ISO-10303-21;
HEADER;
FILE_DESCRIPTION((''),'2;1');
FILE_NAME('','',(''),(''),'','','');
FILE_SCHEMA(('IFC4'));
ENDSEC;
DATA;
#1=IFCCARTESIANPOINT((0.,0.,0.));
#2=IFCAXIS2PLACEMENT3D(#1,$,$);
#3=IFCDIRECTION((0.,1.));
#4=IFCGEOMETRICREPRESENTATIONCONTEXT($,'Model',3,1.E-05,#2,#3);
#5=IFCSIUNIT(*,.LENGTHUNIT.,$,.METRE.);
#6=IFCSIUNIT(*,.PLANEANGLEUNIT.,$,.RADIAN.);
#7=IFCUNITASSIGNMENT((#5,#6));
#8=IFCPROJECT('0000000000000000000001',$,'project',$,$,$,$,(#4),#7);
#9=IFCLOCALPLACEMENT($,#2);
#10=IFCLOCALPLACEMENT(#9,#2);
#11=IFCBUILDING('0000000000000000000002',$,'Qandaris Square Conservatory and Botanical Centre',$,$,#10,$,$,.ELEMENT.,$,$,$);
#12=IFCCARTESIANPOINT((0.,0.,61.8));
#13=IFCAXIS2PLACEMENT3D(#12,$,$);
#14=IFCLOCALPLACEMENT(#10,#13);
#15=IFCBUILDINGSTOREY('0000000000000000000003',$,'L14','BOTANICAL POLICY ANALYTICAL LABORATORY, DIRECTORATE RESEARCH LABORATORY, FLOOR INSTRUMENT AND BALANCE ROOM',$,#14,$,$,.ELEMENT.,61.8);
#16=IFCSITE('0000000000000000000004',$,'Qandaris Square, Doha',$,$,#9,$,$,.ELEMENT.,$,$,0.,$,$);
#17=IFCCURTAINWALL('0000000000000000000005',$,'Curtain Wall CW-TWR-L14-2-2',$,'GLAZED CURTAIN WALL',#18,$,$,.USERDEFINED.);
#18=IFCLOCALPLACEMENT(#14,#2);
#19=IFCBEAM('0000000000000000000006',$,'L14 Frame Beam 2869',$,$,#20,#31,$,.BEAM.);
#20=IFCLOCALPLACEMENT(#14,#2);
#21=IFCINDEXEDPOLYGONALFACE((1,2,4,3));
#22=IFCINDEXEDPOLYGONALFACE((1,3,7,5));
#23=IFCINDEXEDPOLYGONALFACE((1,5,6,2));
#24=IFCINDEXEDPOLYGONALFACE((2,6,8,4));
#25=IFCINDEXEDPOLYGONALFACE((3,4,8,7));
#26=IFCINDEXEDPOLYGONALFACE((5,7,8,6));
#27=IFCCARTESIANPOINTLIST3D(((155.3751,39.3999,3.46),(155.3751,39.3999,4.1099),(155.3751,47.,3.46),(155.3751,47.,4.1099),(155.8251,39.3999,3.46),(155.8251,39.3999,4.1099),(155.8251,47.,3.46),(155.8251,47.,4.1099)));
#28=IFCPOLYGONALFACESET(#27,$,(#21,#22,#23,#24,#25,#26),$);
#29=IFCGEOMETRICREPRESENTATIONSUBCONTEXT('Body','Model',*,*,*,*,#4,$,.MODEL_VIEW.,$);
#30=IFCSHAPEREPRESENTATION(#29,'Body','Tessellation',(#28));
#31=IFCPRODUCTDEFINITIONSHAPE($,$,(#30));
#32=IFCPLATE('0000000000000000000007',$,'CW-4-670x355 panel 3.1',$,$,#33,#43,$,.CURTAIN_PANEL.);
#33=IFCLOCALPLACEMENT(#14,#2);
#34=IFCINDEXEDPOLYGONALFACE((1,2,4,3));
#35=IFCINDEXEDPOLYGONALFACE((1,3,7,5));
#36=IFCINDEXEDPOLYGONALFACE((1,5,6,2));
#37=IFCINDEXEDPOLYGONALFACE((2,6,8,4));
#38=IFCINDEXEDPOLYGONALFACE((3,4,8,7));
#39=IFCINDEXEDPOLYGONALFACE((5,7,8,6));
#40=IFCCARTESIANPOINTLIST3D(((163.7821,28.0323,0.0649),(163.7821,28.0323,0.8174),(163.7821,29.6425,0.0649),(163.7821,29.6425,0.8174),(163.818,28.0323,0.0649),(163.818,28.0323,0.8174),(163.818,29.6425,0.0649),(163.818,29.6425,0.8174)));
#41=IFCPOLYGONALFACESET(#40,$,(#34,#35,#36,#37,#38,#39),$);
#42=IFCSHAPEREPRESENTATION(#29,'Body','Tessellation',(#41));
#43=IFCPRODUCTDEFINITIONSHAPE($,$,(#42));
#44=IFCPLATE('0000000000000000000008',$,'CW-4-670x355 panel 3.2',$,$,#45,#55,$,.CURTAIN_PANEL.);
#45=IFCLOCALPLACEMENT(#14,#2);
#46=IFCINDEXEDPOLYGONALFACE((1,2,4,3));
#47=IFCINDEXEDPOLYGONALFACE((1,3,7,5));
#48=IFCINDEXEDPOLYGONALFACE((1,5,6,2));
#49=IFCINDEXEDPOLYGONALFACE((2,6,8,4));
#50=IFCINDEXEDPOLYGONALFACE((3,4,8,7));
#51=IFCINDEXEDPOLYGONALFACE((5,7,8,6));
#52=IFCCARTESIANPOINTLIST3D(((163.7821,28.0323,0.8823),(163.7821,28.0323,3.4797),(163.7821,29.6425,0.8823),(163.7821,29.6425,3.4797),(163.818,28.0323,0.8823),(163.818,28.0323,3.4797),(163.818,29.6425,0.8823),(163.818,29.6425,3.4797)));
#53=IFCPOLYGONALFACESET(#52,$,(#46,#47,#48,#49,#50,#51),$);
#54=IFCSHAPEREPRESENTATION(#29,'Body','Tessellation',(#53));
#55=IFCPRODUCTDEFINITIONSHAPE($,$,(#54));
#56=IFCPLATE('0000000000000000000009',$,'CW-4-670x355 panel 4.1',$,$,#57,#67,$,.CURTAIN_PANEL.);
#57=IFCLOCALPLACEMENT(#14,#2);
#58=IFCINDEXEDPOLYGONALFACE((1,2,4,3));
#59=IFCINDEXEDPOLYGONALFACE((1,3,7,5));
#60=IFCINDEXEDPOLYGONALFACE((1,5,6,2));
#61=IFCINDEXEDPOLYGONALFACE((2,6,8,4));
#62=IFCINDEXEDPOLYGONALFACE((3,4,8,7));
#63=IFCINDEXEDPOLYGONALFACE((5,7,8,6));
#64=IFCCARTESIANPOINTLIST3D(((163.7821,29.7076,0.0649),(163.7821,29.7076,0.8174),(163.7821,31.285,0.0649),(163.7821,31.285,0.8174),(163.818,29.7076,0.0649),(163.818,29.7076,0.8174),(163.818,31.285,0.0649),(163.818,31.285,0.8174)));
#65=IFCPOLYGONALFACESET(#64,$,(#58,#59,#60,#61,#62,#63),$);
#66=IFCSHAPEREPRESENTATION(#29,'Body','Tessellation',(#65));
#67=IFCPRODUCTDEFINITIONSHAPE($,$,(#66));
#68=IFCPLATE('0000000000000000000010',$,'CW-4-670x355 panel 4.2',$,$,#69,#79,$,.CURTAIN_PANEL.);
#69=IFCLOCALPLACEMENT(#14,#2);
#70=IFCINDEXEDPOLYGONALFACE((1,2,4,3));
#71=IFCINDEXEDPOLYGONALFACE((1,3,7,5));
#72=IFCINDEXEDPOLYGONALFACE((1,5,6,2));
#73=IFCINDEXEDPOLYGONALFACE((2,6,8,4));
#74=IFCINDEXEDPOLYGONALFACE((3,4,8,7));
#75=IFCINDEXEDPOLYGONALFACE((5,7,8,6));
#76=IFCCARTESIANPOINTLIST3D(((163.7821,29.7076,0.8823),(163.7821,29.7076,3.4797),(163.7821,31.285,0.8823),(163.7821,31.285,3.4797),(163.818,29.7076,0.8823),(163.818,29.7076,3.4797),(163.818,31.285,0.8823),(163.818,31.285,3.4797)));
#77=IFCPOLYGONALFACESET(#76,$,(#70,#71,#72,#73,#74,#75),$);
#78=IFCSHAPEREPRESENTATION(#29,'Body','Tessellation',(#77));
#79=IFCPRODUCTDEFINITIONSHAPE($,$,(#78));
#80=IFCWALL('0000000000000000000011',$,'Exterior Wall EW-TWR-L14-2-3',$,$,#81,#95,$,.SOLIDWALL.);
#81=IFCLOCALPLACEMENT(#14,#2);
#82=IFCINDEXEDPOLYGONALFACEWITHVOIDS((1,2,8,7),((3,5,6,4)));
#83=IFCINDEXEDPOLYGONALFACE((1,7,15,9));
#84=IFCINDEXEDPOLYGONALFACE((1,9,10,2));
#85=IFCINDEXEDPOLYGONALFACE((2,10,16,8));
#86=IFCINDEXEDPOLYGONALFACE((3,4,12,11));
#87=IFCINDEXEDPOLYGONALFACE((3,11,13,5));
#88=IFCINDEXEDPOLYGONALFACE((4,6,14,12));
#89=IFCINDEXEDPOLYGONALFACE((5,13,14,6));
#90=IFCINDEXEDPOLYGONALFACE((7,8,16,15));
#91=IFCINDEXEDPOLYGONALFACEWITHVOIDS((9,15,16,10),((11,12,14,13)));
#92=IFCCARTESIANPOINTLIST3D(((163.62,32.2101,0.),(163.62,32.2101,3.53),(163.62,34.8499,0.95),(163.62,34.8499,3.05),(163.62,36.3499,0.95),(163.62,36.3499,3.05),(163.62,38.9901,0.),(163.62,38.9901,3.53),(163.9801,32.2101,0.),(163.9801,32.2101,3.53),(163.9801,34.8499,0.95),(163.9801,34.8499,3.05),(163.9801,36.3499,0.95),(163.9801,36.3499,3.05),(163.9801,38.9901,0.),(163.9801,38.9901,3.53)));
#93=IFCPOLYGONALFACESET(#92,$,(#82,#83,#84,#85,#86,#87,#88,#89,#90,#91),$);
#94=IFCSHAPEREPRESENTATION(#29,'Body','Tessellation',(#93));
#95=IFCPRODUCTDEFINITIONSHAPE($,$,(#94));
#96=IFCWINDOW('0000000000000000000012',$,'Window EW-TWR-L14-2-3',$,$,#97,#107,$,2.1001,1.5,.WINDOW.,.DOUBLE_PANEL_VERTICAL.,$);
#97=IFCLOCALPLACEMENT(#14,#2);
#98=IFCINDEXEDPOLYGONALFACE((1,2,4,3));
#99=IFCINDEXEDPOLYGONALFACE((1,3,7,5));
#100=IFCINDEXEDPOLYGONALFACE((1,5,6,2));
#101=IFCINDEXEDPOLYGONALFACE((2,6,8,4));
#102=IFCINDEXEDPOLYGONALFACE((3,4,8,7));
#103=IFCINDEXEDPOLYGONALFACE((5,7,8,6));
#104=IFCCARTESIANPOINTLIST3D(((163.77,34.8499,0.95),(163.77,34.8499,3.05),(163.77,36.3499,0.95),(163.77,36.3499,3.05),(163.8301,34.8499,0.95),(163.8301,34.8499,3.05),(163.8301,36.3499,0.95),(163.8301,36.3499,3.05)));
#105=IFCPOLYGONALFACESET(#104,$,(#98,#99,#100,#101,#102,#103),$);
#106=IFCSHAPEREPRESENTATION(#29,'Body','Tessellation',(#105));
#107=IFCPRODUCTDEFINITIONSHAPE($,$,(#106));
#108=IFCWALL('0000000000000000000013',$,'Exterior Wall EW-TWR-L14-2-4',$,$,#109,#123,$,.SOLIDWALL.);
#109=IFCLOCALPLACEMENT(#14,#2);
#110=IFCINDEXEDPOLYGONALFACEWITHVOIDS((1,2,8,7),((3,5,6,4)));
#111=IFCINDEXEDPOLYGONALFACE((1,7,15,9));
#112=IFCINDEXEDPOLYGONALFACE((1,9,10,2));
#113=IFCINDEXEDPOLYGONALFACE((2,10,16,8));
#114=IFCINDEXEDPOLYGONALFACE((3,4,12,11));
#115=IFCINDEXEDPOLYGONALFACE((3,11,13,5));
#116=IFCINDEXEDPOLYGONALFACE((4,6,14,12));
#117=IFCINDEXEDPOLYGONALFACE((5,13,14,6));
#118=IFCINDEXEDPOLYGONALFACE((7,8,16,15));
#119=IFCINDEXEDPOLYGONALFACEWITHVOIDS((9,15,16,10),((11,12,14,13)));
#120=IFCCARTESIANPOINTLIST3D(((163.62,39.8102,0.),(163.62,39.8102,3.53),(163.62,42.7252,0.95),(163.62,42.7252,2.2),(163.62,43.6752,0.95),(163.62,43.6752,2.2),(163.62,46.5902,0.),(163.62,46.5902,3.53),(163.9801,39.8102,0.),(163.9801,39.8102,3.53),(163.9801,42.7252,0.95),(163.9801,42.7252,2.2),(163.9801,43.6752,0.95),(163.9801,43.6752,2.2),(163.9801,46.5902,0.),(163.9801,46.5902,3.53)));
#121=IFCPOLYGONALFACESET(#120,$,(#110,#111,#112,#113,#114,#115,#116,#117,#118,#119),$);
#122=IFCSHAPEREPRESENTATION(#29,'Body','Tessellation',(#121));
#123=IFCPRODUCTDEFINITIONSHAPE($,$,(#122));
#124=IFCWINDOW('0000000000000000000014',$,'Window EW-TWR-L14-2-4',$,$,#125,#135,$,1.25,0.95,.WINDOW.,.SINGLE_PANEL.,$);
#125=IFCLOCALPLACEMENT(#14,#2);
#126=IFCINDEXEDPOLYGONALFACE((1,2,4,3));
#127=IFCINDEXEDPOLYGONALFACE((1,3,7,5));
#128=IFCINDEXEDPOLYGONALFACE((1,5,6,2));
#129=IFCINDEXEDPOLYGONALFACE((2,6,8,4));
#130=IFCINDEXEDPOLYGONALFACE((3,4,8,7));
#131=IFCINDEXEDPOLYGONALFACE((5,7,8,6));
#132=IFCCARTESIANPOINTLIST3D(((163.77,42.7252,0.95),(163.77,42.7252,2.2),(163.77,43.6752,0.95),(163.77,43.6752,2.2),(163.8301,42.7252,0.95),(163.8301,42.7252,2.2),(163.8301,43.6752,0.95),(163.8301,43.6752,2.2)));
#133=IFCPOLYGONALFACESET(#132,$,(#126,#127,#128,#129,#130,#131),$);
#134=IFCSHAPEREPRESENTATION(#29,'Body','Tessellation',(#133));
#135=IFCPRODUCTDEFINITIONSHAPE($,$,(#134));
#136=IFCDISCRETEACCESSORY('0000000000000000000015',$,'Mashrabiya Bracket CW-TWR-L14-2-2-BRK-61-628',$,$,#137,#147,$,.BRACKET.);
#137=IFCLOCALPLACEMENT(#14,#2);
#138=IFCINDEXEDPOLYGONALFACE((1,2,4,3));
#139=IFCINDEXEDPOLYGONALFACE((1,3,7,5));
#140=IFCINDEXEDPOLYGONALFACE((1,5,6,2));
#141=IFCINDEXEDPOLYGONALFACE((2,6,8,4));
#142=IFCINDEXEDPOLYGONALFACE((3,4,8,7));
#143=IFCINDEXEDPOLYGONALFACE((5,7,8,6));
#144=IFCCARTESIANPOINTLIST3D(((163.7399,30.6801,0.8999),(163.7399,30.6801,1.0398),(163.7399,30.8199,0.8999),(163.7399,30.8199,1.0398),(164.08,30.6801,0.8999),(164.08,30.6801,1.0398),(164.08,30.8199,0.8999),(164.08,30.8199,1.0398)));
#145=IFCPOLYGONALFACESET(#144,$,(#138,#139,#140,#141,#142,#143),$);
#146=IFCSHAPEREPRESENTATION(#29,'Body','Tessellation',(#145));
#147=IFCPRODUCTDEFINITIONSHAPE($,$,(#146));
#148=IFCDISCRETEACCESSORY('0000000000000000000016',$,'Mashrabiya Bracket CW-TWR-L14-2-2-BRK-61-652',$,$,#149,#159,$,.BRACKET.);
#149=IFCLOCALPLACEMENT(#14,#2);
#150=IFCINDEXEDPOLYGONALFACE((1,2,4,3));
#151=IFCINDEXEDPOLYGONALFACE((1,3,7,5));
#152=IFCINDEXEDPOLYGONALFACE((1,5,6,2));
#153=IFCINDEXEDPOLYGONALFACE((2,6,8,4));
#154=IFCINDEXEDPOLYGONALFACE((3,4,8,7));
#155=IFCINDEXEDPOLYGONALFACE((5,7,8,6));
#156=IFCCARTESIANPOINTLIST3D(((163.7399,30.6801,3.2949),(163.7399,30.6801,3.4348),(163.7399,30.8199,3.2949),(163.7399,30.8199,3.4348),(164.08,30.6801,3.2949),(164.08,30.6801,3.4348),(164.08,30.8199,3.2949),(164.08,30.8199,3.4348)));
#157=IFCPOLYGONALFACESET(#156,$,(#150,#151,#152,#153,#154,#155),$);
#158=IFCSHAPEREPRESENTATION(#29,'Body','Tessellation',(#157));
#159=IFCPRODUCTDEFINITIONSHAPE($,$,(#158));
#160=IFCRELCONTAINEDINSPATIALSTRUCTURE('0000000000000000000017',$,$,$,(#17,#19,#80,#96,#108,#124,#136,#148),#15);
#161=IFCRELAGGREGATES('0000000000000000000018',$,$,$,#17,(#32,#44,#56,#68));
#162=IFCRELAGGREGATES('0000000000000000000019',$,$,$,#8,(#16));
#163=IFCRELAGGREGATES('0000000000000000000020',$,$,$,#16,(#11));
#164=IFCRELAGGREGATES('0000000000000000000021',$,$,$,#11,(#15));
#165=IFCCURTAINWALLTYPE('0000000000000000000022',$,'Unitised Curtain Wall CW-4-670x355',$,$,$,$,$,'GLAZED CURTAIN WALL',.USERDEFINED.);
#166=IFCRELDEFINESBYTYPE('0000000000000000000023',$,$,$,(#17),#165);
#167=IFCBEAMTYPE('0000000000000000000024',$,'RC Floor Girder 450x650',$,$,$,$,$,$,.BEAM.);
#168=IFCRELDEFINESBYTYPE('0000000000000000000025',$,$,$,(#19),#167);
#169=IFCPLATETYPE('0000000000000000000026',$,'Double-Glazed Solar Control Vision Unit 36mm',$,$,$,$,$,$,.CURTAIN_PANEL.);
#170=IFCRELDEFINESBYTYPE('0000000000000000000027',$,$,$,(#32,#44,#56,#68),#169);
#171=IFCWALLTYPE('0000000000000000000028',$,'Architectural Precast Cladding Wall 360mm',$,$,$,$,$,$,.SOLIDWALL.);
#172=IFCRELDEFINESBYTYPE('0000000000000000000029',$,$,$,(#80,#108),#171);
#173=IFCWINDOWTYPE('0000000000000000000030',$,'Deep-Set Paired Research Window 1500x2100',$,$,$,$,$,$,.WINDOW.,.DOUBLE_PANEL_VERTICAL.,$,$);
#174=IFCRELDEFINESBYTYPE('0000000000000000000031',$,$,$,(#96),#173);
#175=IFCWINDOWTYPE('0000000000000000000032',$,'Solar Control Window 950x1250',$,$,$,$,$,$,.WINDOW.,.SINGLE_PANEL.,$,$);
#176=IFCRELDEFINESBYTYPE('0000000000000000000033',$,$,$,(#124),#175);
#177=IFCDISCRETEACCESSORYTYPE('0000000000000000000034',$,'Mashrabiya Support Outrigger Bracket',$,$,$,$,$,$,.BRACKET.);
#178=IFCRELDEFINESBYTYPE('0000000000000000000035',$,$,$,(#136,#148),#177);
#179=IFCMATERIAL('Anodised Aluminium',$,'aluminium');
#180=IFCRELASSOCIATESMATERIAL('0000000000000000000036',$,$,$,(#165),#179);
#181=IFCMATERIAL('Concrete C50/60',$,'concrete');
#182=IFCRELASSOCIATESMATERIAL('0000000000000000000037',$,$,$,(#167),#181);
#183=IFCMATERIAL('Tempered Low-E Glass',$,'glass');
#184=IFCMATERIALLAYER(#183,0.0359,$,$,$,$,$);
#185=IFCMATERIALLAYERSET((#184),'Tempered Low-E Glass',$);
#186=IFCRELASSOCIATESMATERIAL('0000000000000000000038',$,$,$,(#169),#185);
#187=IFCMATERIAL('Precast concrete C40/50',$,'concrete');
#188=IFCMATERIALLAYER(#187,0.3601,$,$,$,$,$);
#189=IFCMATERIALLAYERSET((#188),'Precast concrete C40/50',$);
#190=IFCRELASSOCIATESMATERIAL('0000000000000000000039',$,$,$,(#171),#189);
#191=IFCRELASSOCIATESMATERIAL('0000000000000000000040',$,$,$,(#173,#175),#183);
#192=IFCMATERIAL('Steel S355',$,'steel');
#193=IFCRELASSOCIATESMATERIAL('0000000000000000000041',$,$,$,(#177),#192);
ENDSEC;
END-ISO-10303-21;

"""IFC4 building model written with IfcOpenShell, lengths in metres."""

from ifc_helpers import new_model, si_unit, direction, frame, frame_2d, origin, origin_2d, place, context, subcontext, project, spatial, rectangle, extrude, material, layer, layer_set, material_profile, profile_set, type_object, element, fill, aggregate, save


model = new_model("IFC4")

# Units and contexts
model_context = context("Model", 3, precision=1e-05, world=origin(), true_north=direction((0.0, 1.0)))
body_context = subcontext(model_context, "Body", "Model", "MODEL_VIEW")
ifc_project = project(units=[si_unit("LENGTHUNIT", "METRE"), si_unit("PLANEANGLEUNIT", "RADIAN")], contexts=[model_context])

# Site, building, storey
site_placement = place(None, origin())
site = spatial("IfcSite", under=ifc_project, at=site_placement, Name="Qandaris Square, Doha", CompositionType="ELEMENT", RefElevation=0.0)
building_placement = place(site_placement, origin())
building = spatial("IfcBuilding", under=site, at=building_placement, Name="Qandaris Square Conservatory and Botanical Centre", CompositionType="ELEMENT")
storey_placement = place(building_placement, frame((0.0, 0.0, 61.8)))
storey = spatial("IfcBuildingStorey", under=building, at=storey_placement, Name="L14", Description="BOTANICAL POLICY ANALYTICAL LABORATORY, DIRECTORATE RESEARCH LABORATORY, FLOOR INSTRUMENT AND BALANCE ROOM", CompositionType="ELEMENT", Elevation=61.8)

# Shared definitions
ifc_material_1 = material(Name="Concrete C50/60", Category="concrete")

# Shared definitions
ifc_material_2 = material(Name="Steel S355", Category="steel")

# Curtain wall
ifc_material_3 = material(Name="Anodised Aluminium", Category="aluminium")
curtain_wall_type = type_object("IfcCurtainWallType", Name="Unitised Curtain Wall CW-4-670x355", ElementType="GLAZED CURTAIN WALL", PredefinedType="USERDEFINED", material=ifc_material_3)
curtain_wall_placement = place(storey_placement, origin())
curtain_wall = element("IfcCurtainWall", 1, at=curtain_wall_placement, inside=storey, type_object=curtain_wall_type, Name="Curtain Wall CW-TWR-L14-2-2", ObjectType="GLAZED CURTAIN WALL", PredefinedType="USERDEFINED")

# Beam
ifc_material_profile_1 = material_profile(ifc_material_1, rectangle(XDim=0.45, YDim=0.6499, at=origin_2d()), Name="RC-BM 450x650")
ifc_profile_set_1 = profile_set([ifc_material_profile_1], Name="Concrete C50/60")
beam_type_1 = type_object("IfcBeamType", Name="RC Floor Girder 450x650", PredefinedType="BEAM", material=ifc_profile_set_1)
beam_1_placement = place(storey_placement, frame((155.6001, 39.3999, 3.7849), z_axis=(0.0, 1.0, 0.0), x_axis=(-1.0, 0.0, 0.0)))
element("IfcBeam", 2, at=beam_1_placement, inside=storey, type_object=beam_type_1, Name="L14 Frame Beam 2869", PredefinedType="BEAM", context=body_context, shape_type="SweptSolid", body=[
    extrude(rectangle(XDim=0.45, YDim=0.6499, at=origin_2d()), origin(), (0.0, 0.0, 1.0), 7.6001),
])

# Plates
ifc_material_4 = material(Name="Tempered Low-E Glass", Category="glass")
ifc_layer_1 = layer(ifc_material_4, 0.0359)
ifc_layer_set_1 = layer_set([ifc_layer_1], Name="Tempered Low-E Glass")
plate_type = type_object("IfcPlateType", Name="Double-Glazed Solar Control Vision Unit 36mm", PredefinedType="CURTAIN_PANEL", material=ifc_layer_set_1)
plate_1_placement = place(storey_placement, frame((163.8, 28.8374, 0.0649), z_axis=(0.0, 0.0, 1.0), x_axis=(0.0, 1.0, 0.0)))
plate_1 = element("IfcPlate", 3, at=plate_1_placement, type_object=plate_type, Name="CW-4-670x355 panel 3.1", PredefinedType="CURTAIN_PANEL", context=body_context, shape_type="SweptSolid", body=[
    extrude(rectangle(XDim=1.6101, YDim=0.0359, at=origin_2d()), origin(), (0.0, 0.0, 1.0), 0.7524),
])
plate_2_placement = place(storey_placement, frame((163.8, 28.8374, 0.8823), z_axis=(0.0, 0.0, 1.0), x_axis=(0.0, 1.0, 0.0)))
plate_2 = element("IfcPlate", 4, at=plate_2_placement, type_object=plate_type, Name="CW-4-670x355 panel 3.2", PredefinedType="CURTAIN_PANEL", context=body_context, shape_type="SweptSolid", body=[
    extrude(rectangle(XDim=1.6101, YDim=0.0359, at=origin_2d()), origin(), (0.0, 0.0, 1.0), 2.5974),
])
plate_3_placement = place(storey_placement, frame((163.8, 30.4963, 0.0649), z_axis=(0.0, 0.0, 1.0), x_axis=(0.0, 1.0, 0.0)))
plate_3 = element("IfcPlate", 5, at=plate_3_placement, type_object=plate_type, Name="CW-4-670x355 panel 4.1", PredefinedType="CURTAIN_PANEL", context=body_context, shape_type="SweptSolid", body=[
    extrude(rectangle(XDim=1.5774, YDim=0.0359, at=origin_2d()), origin(), (0.0, 0.0, 1.0), 0.7524),
])
plate_4_placement = place(storey_placement, frame((163.8, 30.4963, 0.8823), z_axis=(0.0, 0.0, 1.0), x_axis=(0.0, 1.0, 0.0)))
plate_4 = element("IfcPlate", 6, at=plate_4_placement, type_object=plate_type, Name="CW-4-670x355 panel 4.2", PredefinedType="CURTAIN_PANEL", context=body_context, shape_type="SweptSolid", body=[
    extrude(rectangle(XDim=1.5774, YDim=0.0359, at=origin_2d()), origin(), (0.0, 0.0, 1.0), 2.5974),
])
aggregate(curtain_wall, [plate_1, plate_2, plate_3, plate_4])

# Walls, openings, windows
ifc_material_5 = material(Name="Precast concrete C40/50", Category="concrete")
ifc_layer_2 = layer(ifc_material_5, 0.3601)
ifc_layer_set_2 = layer_set([ifc_layer_2], Name="Precast concrete C40/50")
wall_type = type_object("IfcWallType", Name="Architectural Precast Cladding Wall 360mm", PredefinedType="SOLIDWALL", material=ifc_layer_set_2)
wall_1_placement = place(storey_placement, frame((163.8, 32.21, 0.0), z_axis=(0.0, 0.0, 1.0), x_axis=(0.0, 1.0, 0.0)))
wall_1 = element("IfcWall", 7, at=wall_1_placement, inside=storey, type_object=wall_type, Name="Exterior Wall EW-TWR-L14-2-3", PredefinedType="SOLIDWALL", context=body_context, shape_type="SweptSolid", body=[
    extrude(rectangle(XDim=6.78, YDim=0.3601, at=frame_2d((3.3901, 0.0))), origin(), (0.0, 0.0, 1.0), 3.53),
])
opening_1_placement = place(wall_1_placement, frame((2.6399, 0.0, 0.95)))
opening_1 = element("IfcOpeningElement", 8, at=opening_1_placement, cuts=wall_1, PredefinedType="OPENING", context=body_context, shape_type="SweptSolid", body=[
    extrude(rectangle(XDim=1.5, YDim=2.1001, at=frame_2d((0.75, 1.05))), frame((0.0, 0.1919, 0.0), z_axis=(0.0, -1.0, 0.0), x_axis=(1.0, 0.0, 0.0)), (0.0, 0.0, 1.0), 0.384),
])
window_type_1 = type_object("IfcWindowType", Name="Deep-Set Paired Research Window 1500x2100", PartitioningType="DOUBLE_PANEL_VERTICAL", PredefinedType="WINDOW", material=ifc_material_4)
window_1_placement = place(opening_1_placement, origin())
window_1 = element("IfcWindow", 9, at=window_1_placement, inside=storey, type_object=window_type_1, Name="Window EW-TWR-L14-2-3", OverallHeight=2.1001, OverallWidth=1.5, PartitioningType="DOUBLE_PANEL_VERTICAL", PredefinedType="WINDOW", context=body_context, shape_type="SweptSolid", body=[
    extrude(rectangle(XDim=1.5, YDim=2.1001, at=frame_2d((0.75, 1.05))), frame((0.0, 0.03, 0.0), z_axis=(0.0, -1.0, 0.0), x_axis=(1.0, 0.0, 0.0)), (0.0, 0.0, 1.0), 0.0601),
])
fill(opening_1, window_1)
wall_2_placement = place(storey_placement, frame((163.8, 39.8101, 0.0), z_axis=(0.0, 0.0, 1.0), x_axis=(0.0, 1.0, 0.0)))
wall_2 = element("IfcWall", 10, at=wall_2_placement, inside=storey, type_object=wall_type, Name="Exterior Wall EW-TWR-L14-2-4", PredefinedType="SOLIDWALL", context=body_context, shape_type="SweptSolid", body=[
    extrude(rectangle(XDim=6.78, YDim=0.3601, at=frame_2d((3.3901, 0.0))), origin(), (0.0, 0.0, 1.0), 3.53),
])
opening_2_placement = place(wall_2_placement, frame((2.915, 0.0, 0.95)))
opening_2 = element("IfcOpeningElement", 11, at=opening_2_placement, cuts=wall_2, PredefinedType="OPENING", context=body_context, shape_type="SweptSolid", body=[
    extrude(rectangle(XDim=0.95, YDim=1.25, at=frame_2d((0.4751, 0.625))), frame((0.0, 0.1919, 0.0), z_axis=(0.0, -1.0, 0.0), x_axis=(1.0, 0.0, 0.0)), (0.0, 0.0, 1.0), 0.384),
])
window_type_2 = type_object("IfcWindowType", Name="Solar Control Window 950x1250", PartitioningType="SINGLE_PANEL", PredefinedType="WINDOW", material=ifc_material_4)
window_2_placement = place(opening_2_placement, origin())
window_2 = element("IfcWindow", 12, at=window_2_placement, inside=storey, type_object=window_type_2, Name="Window EW-TWR-L14-2-4", OverallHeight=1.25, OverallWidth=0.95, PartitioningType="SINGLE_PANEL", PredefinedType="WINDOW", context=body_context, shape_type="SweptSolid", body=[
    extrude(rectangle(XDim=0.95, YDim=1.25, at=frame_2d((0.4751, 0.625))), frame((0.0, 0.03, 0.0), z_axis=(0.0, -1.0, 0.0), x_axis=(1.0, 0.0, 0.0)), (0.0, 0.0, 1.0), 0.0601),
])
fill(opening_2, window_2)

# Discrete accessories
discrete_accessory_type = type_object("IfcDiscreteAccessoryType", Name="Mashrabiya Support Outrigger Bracket", PredefinedType="BRACKET", material=ifc_material_2)
for number, where, z_axis, x_axis, name in (
    (13, (163.9099, 30.75, 0.8999), (0.0, 0.0, 1.0), (0.0, 1.0, 0.0), "Mashrabiya Bracket CW-TWR-L14-2-2-BRK-61-628"),
    (14, (163.9099, 30.75, 3.2949), (0.0, 0.0, 1.0), (0.0, 1.0, 0.0), "Mashrabiya Bracket CW-TWR-L14-2-2-BRK-61-652"),
):
    element("IfcDiscreteAccessory", number, at=place(storey_placement, frame(where, z_axis=z_axis, x_axis=x_axis)), inside=storey, type_object=discrete_accessory_type, Name=name, PredefinedType="BRACKET", context=body_context, shape_type="SweptSolid", body=[
        extrude(rectangle(XDim=0.1399, YDim=0.3401, at=origin_2d()), origin(), (0.0, 0.0, 1.0), 0.1399),
    ])

save(model, "model.ifc")
